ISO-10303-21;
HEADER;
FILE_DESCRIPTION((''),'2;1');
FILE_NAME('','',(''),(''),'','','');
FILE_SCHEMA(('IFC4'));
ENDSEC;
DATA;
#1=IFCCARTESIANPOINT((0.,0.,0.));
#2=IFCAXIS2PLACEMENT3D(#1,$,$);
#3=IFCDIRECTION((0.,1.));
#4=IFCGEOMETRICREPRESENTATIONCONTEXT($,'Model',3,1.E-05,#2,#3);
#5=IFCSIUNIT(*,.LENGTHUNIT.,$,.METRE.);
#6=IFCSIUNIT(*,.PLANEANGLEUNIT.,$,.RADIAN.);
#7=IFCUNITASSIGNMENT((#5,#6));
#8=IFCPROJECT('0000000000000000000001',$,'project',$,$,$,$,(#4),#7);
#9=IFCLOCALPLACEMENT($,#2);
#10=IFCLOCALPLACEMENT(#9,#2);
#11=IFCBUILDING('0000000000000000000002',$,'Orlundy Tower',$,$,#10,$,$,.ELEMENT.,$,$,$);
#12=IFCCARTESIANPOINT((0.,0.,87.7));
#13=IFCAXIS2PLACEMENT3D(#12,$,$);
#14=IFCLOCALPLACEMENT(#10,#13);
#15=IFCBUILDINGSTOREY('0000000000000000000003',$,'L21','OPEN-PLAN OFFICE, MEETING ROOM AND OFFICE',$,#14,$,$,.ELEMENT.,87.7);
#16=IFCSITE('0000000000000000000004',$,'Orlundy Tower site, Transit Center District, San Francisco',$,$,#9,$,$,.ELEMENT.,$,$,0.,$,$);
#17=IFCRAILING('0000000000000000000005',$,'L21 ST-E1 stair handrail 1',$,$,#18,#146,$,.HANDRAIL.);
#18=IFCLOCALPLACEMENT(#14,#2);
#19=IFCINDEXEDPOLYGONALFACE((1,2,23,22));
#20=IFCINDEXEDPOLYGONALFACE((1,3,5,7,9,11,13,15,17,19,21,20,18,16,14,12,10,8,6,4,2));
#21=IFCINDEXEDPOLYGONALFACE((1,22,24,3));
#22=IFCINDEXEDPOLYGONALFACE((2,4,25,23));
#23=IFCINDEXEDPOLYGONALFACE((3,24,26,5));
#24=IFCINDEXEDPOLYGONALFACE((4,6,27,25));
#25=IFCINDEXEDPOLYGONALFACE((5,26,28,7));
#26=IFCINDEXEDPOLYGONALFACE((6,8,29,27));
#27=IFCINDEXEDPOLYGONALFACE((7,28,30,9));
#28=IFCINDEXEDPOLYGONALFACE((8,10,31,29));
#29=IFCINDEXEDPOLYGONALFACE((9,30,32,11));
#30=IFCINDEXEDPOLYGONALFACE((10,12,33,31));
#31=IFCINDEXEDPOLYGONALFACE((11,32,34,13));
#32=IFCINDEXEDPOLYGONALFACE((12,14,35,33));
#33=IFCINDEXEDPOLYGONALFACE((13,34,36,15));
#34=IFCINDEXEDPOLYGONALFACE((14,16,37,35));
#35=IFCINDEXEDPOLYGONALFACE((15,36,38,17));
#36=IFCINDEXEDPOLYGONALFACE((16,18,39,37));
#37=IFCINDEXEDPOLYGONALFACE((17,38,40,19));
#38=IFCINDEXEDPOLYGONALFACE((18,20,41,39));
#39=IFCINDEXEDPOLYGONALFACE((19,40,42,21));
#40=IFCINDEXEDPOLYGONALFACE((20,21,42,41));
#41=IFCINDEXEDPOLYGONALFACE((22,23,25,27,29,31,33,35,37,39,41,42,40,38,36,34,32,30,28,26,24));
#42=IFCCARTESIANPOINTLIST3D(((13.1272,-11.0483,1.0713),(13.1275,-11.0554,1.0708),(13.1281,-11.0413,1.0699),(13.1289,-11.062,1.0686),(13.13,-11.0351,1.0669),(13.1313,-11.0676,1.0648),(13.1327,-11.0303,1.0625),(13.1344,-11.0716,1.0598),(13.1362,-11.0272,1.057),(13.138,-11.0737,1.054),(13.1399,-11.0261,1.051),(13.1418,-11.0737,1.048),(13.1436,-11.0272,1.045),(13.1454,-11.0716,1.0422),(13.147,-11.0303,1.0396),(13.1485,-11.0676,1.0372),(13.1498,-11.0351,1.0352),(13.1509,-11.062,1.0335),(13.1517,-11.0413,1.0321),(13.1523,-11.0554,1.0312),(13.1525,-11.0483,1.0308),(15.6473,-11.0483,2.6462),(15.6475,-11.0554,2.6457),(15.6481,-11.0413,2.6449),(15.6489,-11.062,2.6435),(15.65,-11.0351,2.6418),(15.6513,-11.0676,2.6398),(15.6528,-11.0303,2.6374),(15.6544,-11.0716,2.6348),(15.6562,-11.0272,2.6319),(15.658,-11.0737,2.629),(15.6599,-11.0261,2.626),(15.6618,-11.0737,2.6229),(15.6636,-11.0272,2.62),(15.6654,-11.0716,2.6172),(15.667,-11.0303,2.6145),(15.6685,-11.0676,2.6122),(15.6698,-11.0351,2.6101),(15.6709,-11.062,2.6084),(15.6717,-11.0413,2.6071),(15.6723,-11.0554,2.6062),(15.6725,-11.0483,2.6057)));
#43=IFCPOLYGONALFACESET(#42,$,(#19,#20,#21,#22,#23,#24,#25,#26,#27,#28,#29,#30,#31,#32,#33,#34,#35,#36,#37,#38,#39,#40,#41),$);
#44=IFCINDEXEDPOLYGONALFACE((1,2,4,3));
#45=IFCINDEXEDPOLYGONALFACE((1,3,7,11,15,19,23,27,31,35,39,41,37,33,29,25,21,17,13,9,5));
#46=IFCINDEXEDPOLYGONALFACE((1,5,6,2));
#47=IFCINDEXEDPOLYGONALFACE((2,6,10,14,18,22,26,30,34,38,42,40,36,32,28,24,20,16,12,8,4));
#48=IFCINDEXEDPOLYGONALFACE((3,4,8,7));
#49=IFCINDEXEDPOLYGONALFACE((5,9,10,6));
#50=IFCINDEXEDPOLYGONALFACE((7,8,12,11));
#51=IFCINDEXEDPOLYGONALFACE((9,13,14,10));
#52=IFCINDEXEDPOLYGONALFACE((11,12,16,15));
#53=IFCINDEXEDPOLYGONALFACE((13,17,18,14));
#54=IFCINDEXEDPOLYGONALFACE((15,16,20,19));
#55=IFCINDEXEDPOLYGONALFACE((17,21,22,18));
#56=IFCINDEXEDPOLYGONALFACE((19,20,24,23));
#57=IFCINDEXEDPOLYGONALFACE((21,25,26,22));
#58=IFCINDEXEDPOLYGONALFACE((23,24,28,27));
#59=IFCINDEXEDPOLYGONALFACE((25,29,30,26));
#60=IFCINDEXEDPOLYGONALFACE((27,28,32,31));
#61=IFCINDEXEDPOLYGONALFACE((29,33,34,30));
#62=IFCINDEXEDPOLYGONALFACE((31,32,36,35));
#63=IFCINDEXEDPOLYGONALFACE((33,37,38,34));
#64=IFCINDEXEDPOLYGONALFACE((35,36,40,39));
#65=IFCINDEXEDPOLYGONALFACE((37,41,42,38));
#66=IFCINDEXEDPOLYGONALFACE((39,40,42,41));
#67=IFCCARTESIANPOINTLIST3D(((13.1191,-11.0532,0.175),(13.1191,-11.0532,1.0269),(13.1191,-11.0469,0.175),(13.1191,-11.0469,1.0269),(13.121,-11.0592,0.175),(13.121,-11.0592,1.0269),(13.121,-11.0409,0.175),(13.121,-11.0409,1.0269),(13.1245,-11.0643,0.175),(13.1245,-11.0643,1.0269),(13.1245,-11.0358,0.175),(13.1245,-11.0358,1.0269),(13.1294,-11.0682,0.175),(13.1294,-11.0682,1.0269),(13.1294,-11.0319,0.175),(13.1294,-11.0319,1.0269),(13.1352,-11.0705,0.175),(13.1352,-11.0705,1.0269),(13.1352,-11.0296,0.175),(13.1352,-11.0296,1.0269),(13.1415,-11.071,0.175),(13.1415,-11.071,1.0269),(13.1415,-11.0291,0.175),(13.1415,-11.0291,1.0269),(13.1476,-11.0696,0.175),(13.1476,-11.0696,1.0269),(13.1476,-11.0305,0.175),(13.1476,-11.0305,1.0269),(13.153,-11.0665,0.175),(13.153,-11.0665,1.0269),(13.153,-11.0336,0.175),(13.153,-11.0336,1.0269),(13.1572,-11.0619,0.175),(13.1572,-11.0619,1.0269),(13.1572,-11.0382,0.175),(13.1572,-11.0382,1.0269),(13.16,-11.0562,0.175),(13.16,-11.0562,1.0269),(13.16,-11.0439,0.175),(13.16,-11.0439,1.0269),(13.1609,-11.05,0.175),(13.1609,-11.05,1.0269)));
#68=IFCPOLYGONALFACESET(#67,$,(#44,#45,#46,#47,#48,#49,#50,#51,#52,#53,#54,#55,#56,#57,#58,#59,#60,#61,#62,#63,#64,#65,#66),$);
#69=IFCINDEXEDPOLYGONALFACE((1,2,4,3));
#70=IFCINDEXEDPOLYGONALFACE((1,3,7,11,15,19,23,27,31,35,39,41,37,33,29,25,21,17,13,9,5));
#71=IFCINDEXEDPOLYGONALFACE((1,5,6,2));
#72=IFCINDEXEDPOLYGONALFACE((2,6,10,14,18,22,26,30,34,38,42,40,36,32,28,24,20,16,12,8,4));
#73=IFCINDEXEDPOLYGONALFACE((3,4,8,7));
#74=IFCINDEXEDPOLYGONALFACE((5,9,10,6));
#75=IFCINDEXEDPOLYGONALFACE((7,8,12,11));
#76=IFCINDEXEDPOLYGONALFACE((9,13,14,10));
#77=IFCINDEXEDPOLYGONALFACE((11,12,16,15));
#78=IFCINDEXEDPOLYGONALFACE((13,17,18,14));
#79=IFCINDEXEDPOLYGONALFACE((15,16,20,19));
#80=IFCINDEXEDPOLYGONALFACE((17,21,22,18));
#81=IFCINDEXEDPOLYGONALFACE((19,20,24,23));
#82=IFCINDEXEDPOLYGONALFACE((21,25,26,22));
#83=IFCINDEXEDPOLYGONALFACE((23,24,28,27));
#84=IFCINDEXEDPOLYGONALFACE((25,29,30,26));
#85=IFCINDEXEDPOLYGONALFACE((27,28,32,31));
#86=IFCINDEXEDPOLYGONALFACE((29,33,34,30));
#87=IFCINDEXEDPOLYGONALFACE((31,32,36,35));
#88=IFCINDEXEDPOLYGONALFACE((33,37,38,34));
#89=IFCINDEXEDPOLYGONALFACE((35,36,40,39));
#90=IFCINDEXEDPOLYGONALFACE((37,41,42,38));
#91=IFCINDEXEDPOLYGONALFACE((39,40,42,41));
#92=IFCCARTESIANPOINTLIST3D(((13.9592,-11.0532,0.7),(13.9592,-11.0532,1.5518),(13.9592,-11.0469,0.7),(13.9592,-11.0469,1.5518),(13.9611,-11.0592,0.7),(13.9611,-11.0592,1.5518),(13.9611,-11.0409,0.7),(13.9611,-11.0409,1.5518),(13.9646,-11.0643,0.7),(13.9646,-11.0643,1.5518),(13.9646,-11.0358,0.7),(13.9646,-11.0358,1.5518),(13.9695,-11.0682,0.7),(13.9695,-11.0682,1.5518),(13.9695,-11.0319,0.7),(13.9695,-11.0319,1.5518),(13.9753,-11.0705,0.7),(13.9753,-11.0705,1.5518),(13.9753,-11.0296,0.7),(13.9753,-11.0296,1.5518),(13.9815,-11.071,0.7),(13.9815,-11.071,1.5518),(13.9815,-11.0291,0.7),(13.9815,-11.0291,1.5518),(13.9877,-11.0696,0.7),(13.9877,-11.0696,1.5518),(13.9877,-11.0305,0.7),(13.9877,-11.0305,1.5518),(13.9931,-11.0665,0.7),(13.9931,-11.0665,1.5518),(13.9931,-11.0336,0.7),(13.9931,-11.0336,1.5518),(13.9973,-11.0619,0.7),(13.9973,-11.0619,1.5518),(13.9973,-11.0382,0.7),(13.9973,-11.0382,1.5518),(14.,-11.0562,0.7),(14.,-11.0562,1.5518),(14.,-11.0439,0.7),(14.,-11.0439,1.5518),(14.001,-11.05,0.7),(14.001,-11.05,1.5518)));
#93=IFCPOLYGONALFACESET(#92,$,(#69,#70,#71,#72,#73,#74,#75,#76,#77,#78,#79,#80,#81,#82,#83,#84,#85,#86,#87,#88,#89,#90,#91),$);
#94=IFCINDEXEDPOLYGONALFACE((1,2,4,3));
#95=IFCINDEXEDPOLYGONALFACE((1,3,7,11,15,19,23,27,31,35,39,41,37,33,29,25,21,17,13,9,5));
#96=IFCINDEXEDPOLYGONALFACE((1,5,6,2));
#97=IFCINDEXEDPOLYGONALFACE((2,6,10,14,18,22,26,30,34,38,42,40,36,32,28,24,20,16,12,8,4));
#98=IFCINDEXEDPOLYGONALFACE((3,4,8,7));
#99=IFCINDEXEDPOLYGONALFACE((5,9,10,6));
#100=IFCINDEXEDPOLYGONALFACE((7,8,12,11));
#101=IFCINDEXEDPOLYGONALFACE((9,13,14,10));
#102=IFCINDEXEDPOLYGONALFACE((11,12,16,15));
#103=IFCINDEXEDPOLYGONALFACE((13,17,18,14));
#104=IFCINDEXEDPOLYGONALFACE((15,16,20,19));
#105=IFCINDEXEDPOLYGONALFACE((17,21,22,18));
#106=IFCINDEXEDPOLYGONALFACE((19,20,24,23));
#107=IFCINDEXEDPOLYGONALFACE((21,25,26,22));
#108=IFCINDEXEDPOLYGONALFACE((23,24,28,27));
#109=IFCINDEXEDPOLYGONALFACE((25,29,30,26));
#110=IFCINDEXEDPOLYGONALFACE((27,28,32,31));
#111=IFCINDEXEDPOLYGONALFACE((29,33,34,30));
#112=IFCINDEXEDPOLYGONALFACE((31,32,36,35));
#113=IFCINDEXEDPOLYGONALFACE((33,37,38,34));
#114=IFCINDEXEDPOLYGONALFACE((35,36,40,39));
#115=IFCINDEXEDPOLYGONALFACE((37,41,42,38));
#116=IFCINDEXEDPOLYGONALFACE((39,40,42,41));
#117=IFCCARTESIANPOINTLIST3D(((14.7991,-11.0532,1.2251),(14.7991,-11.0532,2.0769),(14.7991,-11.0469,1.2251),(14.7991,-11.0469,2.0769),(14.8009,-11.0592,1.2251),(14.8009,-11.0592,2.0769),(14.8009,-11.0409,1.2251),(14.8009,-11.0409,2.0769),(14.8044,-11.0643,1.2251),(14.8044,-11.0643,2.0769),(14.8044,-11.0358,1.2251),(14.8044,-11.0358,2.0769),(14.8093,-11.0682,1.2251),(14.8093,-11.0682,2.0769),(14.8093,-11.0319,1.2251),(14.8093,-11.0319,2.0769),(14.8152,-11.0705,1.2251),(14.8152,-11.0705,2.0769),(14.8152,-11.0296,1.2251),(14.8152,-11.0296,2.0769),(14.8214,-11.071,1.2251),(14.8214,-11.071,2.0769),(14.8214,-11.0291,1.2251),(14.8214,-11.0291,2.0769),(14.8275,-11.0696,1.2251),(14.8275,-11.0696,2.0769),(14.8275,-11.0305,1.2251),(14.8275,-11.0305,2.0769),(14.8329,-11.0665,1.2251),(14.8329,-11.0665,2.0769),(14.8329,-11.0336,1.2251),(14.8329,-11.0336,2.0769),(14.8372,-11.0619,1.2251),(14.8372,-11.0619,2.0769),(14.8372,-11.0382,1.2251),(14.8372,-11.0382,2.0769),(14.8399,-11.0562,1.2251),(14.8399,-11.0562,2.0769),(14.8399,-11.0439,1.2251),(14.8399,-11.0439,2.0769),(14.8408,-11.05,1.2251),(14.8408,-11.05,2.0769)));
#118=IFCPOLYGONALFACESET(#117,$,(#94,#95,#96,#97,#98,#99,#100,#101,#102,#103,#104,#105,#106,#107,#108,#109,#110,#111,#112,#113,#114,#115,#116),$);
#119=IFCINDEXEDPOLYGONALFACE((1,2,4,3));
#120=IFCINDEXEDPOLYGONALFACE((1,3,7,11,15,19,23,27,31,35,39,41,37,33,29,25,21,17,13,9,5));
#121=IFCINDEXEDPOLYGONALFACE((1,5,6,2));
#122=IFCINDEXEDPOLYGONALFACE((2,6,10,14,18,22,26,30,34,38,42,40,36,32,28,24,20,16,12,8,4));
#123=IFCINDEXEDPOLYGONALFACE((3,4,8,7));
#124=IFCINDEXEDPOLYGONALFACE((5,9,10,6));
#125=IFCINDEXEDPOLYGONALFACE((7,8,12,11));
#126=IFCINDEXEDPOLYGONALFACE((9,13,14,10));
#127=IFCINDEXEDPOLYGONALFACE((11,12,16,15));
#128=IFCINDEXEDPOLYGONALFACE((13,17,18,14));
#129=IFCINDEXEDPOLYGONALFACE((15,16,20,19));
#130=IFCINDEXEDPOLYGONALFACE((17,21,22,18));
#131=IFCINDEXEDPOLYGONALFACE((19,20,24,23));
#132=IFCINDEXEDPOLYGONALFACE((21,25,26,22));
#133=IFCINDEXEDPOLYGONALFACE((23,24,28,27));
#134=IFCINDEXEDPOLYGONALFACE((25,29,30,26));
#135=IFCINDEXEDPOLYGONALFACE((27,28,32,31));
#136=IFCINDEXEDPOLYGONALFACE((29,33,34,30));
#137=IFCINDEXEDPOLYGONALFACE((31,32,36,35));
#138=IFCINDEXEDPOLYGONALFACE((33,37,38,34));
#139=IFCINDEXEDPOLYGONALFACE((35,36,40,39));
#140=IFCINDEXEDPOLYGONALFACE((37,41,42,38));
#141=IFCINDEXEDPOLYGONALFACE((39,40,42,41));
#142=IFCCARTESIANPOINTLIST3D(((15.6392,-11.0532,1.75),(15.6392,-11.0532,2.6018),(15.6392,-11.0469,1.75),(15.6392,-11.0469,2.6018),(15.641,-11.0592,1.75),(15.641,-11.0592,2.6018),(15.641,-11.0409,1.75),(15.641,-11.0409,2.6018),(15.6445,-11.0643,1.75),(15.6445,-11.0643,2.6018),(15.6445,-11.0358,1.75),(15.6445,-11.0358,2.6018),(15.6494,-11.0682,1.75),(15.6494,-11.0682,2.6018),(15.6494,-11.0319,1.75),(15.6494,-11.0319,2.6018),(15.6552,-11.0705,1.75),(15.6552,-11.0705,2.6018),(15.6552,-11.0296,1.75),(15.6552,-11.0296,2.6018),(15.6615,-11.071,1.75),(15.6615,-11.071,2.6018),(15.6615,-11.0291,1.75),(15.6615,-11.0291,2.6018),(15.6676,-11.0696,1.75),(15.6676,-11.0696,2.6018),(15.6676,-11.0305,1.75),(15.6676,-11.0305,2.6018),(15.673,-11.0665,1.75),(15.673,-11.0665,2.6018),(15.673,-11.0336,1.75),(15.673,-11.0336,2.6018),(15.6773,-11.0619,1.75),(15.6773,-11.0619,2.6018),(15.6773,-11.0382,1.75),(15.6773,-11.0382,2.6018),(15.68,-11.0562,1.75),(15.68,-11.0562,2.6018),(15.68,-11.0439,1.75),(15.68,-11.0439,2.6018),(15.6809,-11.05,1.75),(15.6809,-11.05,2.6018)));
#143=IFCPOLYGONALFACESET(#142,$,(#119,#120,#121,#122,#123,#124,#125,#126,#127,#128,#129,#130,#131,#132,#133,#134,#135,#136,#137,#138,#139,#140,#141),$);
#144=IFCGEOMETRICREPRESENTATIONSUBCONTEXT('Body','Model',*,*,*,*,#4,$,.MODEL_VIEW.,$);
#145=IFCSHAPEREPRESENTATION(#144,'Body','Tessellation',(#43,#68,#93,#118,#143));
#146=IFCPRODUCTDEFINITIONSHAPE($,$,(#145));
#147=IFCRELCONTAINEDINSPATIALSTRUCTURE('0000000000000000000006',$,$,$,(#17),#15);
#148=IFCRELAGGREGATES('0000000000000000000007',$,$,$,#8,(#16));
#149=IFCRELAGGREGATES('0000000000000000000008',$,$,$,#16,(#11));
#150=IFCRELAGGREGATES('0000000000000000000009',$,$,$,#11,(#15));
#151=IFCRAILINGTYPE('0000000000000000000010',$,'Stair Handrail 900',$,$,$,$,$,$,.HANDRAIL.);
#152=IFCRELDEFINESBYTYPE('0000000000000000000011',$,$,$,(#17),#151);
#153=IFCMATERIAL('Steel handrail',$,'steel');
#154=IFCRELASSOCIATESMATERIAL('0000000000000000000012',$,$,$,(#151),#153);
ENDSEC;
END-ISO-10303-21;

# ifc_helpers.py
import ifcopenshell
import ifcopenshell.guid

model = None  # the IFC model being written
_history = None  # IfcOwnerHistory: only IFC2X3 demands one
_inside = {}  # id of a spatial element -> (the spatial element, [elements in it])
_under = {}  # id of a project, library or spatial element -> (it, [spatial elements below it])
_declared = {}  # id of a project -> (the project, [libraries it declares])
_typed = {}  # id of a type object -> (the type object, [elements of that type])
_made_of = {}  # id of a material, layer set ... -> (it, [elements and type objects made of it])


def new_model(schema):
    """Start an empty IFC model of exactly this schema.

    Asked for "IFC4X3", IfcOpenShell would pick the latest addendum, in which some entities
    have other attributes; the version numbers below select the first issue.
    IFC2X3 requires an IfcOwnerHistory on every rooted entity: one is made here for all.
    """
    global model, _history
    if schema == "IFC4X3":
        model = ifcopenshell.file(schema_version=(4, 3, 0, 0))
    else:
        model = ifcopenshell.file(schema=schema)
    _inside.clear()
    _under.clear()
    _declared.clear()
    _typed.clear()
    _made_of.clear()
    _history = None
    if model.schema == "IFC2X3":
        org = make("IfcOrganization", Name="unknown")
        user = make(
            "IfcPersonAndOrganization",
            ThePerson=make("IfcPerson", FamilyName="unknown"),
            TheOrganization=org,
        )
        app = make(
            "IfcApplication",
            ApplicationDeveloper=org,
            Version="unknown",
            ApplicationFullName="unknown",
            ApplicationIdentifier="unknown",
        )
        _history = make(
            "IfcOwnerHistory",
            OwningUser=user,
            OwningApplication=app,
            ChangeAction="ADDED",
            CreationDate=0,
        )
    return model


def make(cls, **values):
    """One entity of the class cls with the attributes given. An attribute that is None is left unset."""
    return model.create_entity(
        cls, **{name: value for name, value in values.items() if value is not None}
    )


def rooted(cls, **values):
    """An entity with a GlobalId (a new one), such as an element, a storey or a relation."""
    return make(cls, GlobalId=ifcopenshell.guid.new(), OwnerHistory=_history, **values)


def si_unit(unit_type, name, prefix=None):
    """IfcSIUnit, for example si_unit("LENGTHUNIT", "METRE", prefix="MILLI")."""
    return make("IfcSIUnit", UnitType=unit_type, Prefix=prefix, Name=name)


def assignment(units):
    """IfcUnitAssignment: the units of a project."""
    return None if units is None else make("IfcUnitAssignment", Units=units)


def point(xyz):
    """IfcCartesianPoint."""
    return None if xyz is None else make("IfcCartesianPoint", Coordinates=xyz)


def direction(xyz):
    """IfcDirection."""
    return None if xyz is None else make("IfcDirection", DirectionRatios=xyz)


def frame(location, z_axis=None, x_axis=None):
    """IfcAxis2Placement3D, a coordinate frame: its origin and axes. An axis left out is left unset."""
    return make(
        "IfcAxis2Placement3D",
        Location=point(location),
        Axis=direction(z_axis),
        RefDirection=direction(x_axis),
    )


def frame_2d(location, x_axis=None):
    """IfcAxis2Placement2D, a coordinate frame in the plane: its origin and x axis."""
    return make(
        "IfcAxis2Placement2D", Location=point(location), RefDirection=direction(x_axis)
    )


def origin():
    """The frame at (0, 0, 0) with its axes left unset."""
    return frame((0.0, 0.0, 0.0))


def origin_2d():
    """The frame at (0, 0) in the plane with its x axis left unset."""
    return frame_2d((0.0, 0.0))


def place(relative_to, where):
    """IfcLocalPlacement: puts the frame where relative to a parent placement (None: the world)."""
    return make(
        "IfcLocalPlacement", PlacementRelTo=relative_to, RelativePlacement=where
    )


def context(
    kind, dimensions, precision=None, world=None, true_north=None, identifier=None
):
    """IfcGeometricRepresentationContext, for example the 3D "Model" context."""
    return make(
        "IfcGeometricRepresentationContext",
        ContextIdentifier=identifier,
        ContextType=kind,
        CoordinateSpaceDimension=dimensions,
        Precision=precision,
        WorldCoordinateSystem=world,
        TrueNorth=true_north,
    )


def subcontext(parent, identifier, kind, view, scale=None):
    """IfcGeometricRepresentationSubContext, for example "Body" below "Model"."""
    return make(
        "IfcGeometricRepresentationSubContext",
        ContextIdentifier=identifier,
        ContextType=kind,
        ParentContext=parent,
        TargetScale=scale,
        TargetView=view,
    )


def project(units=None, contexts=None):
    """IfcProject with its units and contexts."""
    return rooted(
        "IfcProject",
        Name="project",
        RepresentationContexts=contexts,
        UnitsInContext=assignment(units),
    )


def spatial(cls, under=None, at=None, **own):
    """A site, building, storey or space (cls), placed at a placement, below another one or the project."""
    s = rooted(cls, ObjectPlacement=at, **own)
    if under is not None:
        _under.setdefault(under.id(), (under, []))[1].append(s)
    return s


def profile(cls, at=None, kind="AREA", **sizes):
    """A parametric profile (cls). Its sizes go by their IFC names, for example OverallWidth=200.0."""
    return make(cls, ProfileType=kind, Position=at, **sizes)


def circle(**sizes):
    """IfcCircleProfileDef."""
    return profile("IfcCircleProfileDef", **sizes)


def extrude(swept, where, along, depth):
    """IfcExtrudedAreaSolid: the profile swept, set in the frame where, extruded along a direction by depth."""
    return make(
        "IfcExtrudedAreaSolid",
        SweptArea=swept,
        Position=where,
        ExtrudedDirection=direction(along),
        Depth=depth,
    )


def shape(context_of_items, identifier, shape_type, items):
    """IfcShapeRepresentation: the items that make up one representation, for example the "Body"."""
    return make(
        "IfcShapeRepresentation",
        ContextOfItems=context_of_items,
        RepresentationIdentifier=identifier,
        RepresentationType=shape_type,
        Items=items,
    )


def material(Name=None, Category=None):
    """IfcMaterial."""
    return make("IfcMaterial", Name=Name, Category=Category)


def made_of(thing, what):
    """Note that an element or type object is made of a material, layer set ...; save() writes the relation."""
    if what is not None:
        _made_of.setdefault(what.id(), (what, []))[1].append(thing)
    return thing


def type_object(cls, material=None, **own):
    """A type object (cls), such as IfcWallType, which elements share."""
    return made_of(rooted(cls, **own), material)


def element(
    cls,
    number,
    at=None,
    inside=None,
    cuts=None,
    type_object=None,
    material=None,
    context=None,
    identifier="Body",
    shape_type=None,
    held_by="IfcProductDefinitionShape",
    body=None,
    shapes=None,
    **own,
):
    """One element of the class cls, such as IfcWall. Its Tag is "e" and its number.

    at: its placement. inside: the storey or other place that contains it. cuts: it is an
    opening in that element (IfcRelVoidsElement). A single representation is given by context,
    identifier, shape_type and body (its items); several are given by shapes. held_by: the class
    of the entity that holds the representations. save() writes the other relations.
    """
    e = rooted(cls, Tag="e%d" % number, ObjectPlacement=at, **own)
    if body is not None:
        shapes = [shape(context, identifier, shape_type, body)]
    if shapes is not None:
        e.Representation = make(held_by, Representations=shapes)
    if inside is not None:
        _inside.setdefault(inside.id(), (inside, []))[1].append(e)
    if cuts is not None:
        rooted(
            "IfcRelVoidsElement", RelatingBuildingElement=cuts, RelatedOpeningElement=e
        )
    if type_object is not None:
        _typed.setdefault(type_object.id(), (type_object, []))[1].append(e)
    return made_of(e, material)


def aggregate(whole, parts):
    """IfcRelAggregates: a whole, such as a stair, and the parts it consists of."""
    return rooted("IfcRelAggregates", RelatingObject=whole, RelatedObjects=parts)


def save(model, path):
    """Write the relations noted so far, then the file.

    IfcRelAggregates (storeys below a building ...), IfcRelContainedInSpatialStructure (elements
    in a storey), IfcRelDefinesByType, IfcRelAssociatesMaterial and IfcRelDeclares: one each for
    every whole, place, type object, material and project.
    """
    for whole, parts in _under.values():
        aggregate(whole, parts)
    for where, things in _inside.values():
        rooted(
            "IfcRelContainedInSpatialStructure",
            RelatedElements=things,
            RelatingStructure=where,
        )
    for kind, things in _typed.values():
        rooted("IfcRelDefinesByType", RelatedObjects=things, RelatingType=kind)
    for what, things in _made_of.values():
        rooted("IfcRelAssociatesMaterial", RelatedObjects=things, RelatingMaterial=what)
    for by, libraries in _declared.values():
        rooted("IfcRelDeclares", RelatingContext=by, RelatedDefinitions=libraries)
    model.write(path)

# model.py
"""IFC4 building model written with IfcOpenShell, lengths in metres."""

from ifc_helpers import new_model, si_unit, direction, frame, origin, origin_2d, place, context, subcontext, project, spatial, circle, extrude, material, type_object, element, save


model = new_model("IFC4")

# Units and contexts
model_context = context("Model", 3, precision=1e-05, world=origin(), true_north=direction((0.0, 1.0)))
body_context = subcontext(model_context, "Body", "Model", "MODEL_VIEW")
ifc_project = project(units=[si_unit("LENGTHUNIT", "METRE"), si_unit("PLANEANGLEUNIT", "RADIAN")], contexts=[model_context])

# Site, building, storey
site_placement = place(None, origin())
site = spatial("IfcSite", under=ifc_project, at=site_placement, Name="Orlundy Tower site, Transit Center District, San Francisco", CompositionType="ELEMENT", RefElevation=0.0)
building_placement = place(site_placement, origin())
building = spatial("IfcBuilding", under=site, at=building_placement, Name="Orlundy Tower", CompositionType="ELEMENT")
storey_placement = place(building_placement, frame((0.0, 0.0, 87.7)))
storey = spatial("IfcBuildingStorey", under=building, at=storey_placement, Name="L21", Description="OPEN-PLAN OFFICE, MEETING ROOM AND OFFICE", CompositionType="ELEMENT", Elevation=87.7)

# Railing
ifc_material_1 = material(Name="Steel handrail", Category="steel")
railing_type_1 = type_object("IfcRailingType", Name="Stair Handrail 900", PredefinedType="HANDRAIL", material=ifc_material_1)
railing_1_placement = place(storey_placement, frame((13.1399, -11.05, 0.175)))
element("IfcRailing", 1, at=railing_1_placement, inside=storey, type_object=railing_type_1, Name="L21 ST-E1 stair handrail 1", PredefinedType="HANDRAIL", context=body_context, shape_type="SweptSolid", body=[
    extrude(circle(Radius=0.0239, at=origin_2d()), frame((0.0, 0.0, 0.876), z_axis=(0.848008, 0.0, 0.529984), x_axis=(0.0, 1.0, 0.0)), (0.0, 0.0, 1.0), 2.9717),
    extrude(circle(Radius=0.021, at=origin_2d()), origin(), (0.0, 0.0, 1.0), 0.8518),
    extrude(circle(Radius=0.021, at=origin_2d()), frame((0.8401, 0.0, 0.5249)), (0.0, 0.0, 1.0), 0.8518),
    extrude(circle(Radius=0.021, at=origin_2d()), frame((1.6799, 0.0, 1.05)), (0.0, 0.0, 1.0), 0.8518),
    extrude(circle(Radius=0.021, at=origin_2d()), frame((2.52, 0.0, 1.575)), (0.0, 0.0, 1.0), 0.8518),
])

save(model, "model.ifc")
